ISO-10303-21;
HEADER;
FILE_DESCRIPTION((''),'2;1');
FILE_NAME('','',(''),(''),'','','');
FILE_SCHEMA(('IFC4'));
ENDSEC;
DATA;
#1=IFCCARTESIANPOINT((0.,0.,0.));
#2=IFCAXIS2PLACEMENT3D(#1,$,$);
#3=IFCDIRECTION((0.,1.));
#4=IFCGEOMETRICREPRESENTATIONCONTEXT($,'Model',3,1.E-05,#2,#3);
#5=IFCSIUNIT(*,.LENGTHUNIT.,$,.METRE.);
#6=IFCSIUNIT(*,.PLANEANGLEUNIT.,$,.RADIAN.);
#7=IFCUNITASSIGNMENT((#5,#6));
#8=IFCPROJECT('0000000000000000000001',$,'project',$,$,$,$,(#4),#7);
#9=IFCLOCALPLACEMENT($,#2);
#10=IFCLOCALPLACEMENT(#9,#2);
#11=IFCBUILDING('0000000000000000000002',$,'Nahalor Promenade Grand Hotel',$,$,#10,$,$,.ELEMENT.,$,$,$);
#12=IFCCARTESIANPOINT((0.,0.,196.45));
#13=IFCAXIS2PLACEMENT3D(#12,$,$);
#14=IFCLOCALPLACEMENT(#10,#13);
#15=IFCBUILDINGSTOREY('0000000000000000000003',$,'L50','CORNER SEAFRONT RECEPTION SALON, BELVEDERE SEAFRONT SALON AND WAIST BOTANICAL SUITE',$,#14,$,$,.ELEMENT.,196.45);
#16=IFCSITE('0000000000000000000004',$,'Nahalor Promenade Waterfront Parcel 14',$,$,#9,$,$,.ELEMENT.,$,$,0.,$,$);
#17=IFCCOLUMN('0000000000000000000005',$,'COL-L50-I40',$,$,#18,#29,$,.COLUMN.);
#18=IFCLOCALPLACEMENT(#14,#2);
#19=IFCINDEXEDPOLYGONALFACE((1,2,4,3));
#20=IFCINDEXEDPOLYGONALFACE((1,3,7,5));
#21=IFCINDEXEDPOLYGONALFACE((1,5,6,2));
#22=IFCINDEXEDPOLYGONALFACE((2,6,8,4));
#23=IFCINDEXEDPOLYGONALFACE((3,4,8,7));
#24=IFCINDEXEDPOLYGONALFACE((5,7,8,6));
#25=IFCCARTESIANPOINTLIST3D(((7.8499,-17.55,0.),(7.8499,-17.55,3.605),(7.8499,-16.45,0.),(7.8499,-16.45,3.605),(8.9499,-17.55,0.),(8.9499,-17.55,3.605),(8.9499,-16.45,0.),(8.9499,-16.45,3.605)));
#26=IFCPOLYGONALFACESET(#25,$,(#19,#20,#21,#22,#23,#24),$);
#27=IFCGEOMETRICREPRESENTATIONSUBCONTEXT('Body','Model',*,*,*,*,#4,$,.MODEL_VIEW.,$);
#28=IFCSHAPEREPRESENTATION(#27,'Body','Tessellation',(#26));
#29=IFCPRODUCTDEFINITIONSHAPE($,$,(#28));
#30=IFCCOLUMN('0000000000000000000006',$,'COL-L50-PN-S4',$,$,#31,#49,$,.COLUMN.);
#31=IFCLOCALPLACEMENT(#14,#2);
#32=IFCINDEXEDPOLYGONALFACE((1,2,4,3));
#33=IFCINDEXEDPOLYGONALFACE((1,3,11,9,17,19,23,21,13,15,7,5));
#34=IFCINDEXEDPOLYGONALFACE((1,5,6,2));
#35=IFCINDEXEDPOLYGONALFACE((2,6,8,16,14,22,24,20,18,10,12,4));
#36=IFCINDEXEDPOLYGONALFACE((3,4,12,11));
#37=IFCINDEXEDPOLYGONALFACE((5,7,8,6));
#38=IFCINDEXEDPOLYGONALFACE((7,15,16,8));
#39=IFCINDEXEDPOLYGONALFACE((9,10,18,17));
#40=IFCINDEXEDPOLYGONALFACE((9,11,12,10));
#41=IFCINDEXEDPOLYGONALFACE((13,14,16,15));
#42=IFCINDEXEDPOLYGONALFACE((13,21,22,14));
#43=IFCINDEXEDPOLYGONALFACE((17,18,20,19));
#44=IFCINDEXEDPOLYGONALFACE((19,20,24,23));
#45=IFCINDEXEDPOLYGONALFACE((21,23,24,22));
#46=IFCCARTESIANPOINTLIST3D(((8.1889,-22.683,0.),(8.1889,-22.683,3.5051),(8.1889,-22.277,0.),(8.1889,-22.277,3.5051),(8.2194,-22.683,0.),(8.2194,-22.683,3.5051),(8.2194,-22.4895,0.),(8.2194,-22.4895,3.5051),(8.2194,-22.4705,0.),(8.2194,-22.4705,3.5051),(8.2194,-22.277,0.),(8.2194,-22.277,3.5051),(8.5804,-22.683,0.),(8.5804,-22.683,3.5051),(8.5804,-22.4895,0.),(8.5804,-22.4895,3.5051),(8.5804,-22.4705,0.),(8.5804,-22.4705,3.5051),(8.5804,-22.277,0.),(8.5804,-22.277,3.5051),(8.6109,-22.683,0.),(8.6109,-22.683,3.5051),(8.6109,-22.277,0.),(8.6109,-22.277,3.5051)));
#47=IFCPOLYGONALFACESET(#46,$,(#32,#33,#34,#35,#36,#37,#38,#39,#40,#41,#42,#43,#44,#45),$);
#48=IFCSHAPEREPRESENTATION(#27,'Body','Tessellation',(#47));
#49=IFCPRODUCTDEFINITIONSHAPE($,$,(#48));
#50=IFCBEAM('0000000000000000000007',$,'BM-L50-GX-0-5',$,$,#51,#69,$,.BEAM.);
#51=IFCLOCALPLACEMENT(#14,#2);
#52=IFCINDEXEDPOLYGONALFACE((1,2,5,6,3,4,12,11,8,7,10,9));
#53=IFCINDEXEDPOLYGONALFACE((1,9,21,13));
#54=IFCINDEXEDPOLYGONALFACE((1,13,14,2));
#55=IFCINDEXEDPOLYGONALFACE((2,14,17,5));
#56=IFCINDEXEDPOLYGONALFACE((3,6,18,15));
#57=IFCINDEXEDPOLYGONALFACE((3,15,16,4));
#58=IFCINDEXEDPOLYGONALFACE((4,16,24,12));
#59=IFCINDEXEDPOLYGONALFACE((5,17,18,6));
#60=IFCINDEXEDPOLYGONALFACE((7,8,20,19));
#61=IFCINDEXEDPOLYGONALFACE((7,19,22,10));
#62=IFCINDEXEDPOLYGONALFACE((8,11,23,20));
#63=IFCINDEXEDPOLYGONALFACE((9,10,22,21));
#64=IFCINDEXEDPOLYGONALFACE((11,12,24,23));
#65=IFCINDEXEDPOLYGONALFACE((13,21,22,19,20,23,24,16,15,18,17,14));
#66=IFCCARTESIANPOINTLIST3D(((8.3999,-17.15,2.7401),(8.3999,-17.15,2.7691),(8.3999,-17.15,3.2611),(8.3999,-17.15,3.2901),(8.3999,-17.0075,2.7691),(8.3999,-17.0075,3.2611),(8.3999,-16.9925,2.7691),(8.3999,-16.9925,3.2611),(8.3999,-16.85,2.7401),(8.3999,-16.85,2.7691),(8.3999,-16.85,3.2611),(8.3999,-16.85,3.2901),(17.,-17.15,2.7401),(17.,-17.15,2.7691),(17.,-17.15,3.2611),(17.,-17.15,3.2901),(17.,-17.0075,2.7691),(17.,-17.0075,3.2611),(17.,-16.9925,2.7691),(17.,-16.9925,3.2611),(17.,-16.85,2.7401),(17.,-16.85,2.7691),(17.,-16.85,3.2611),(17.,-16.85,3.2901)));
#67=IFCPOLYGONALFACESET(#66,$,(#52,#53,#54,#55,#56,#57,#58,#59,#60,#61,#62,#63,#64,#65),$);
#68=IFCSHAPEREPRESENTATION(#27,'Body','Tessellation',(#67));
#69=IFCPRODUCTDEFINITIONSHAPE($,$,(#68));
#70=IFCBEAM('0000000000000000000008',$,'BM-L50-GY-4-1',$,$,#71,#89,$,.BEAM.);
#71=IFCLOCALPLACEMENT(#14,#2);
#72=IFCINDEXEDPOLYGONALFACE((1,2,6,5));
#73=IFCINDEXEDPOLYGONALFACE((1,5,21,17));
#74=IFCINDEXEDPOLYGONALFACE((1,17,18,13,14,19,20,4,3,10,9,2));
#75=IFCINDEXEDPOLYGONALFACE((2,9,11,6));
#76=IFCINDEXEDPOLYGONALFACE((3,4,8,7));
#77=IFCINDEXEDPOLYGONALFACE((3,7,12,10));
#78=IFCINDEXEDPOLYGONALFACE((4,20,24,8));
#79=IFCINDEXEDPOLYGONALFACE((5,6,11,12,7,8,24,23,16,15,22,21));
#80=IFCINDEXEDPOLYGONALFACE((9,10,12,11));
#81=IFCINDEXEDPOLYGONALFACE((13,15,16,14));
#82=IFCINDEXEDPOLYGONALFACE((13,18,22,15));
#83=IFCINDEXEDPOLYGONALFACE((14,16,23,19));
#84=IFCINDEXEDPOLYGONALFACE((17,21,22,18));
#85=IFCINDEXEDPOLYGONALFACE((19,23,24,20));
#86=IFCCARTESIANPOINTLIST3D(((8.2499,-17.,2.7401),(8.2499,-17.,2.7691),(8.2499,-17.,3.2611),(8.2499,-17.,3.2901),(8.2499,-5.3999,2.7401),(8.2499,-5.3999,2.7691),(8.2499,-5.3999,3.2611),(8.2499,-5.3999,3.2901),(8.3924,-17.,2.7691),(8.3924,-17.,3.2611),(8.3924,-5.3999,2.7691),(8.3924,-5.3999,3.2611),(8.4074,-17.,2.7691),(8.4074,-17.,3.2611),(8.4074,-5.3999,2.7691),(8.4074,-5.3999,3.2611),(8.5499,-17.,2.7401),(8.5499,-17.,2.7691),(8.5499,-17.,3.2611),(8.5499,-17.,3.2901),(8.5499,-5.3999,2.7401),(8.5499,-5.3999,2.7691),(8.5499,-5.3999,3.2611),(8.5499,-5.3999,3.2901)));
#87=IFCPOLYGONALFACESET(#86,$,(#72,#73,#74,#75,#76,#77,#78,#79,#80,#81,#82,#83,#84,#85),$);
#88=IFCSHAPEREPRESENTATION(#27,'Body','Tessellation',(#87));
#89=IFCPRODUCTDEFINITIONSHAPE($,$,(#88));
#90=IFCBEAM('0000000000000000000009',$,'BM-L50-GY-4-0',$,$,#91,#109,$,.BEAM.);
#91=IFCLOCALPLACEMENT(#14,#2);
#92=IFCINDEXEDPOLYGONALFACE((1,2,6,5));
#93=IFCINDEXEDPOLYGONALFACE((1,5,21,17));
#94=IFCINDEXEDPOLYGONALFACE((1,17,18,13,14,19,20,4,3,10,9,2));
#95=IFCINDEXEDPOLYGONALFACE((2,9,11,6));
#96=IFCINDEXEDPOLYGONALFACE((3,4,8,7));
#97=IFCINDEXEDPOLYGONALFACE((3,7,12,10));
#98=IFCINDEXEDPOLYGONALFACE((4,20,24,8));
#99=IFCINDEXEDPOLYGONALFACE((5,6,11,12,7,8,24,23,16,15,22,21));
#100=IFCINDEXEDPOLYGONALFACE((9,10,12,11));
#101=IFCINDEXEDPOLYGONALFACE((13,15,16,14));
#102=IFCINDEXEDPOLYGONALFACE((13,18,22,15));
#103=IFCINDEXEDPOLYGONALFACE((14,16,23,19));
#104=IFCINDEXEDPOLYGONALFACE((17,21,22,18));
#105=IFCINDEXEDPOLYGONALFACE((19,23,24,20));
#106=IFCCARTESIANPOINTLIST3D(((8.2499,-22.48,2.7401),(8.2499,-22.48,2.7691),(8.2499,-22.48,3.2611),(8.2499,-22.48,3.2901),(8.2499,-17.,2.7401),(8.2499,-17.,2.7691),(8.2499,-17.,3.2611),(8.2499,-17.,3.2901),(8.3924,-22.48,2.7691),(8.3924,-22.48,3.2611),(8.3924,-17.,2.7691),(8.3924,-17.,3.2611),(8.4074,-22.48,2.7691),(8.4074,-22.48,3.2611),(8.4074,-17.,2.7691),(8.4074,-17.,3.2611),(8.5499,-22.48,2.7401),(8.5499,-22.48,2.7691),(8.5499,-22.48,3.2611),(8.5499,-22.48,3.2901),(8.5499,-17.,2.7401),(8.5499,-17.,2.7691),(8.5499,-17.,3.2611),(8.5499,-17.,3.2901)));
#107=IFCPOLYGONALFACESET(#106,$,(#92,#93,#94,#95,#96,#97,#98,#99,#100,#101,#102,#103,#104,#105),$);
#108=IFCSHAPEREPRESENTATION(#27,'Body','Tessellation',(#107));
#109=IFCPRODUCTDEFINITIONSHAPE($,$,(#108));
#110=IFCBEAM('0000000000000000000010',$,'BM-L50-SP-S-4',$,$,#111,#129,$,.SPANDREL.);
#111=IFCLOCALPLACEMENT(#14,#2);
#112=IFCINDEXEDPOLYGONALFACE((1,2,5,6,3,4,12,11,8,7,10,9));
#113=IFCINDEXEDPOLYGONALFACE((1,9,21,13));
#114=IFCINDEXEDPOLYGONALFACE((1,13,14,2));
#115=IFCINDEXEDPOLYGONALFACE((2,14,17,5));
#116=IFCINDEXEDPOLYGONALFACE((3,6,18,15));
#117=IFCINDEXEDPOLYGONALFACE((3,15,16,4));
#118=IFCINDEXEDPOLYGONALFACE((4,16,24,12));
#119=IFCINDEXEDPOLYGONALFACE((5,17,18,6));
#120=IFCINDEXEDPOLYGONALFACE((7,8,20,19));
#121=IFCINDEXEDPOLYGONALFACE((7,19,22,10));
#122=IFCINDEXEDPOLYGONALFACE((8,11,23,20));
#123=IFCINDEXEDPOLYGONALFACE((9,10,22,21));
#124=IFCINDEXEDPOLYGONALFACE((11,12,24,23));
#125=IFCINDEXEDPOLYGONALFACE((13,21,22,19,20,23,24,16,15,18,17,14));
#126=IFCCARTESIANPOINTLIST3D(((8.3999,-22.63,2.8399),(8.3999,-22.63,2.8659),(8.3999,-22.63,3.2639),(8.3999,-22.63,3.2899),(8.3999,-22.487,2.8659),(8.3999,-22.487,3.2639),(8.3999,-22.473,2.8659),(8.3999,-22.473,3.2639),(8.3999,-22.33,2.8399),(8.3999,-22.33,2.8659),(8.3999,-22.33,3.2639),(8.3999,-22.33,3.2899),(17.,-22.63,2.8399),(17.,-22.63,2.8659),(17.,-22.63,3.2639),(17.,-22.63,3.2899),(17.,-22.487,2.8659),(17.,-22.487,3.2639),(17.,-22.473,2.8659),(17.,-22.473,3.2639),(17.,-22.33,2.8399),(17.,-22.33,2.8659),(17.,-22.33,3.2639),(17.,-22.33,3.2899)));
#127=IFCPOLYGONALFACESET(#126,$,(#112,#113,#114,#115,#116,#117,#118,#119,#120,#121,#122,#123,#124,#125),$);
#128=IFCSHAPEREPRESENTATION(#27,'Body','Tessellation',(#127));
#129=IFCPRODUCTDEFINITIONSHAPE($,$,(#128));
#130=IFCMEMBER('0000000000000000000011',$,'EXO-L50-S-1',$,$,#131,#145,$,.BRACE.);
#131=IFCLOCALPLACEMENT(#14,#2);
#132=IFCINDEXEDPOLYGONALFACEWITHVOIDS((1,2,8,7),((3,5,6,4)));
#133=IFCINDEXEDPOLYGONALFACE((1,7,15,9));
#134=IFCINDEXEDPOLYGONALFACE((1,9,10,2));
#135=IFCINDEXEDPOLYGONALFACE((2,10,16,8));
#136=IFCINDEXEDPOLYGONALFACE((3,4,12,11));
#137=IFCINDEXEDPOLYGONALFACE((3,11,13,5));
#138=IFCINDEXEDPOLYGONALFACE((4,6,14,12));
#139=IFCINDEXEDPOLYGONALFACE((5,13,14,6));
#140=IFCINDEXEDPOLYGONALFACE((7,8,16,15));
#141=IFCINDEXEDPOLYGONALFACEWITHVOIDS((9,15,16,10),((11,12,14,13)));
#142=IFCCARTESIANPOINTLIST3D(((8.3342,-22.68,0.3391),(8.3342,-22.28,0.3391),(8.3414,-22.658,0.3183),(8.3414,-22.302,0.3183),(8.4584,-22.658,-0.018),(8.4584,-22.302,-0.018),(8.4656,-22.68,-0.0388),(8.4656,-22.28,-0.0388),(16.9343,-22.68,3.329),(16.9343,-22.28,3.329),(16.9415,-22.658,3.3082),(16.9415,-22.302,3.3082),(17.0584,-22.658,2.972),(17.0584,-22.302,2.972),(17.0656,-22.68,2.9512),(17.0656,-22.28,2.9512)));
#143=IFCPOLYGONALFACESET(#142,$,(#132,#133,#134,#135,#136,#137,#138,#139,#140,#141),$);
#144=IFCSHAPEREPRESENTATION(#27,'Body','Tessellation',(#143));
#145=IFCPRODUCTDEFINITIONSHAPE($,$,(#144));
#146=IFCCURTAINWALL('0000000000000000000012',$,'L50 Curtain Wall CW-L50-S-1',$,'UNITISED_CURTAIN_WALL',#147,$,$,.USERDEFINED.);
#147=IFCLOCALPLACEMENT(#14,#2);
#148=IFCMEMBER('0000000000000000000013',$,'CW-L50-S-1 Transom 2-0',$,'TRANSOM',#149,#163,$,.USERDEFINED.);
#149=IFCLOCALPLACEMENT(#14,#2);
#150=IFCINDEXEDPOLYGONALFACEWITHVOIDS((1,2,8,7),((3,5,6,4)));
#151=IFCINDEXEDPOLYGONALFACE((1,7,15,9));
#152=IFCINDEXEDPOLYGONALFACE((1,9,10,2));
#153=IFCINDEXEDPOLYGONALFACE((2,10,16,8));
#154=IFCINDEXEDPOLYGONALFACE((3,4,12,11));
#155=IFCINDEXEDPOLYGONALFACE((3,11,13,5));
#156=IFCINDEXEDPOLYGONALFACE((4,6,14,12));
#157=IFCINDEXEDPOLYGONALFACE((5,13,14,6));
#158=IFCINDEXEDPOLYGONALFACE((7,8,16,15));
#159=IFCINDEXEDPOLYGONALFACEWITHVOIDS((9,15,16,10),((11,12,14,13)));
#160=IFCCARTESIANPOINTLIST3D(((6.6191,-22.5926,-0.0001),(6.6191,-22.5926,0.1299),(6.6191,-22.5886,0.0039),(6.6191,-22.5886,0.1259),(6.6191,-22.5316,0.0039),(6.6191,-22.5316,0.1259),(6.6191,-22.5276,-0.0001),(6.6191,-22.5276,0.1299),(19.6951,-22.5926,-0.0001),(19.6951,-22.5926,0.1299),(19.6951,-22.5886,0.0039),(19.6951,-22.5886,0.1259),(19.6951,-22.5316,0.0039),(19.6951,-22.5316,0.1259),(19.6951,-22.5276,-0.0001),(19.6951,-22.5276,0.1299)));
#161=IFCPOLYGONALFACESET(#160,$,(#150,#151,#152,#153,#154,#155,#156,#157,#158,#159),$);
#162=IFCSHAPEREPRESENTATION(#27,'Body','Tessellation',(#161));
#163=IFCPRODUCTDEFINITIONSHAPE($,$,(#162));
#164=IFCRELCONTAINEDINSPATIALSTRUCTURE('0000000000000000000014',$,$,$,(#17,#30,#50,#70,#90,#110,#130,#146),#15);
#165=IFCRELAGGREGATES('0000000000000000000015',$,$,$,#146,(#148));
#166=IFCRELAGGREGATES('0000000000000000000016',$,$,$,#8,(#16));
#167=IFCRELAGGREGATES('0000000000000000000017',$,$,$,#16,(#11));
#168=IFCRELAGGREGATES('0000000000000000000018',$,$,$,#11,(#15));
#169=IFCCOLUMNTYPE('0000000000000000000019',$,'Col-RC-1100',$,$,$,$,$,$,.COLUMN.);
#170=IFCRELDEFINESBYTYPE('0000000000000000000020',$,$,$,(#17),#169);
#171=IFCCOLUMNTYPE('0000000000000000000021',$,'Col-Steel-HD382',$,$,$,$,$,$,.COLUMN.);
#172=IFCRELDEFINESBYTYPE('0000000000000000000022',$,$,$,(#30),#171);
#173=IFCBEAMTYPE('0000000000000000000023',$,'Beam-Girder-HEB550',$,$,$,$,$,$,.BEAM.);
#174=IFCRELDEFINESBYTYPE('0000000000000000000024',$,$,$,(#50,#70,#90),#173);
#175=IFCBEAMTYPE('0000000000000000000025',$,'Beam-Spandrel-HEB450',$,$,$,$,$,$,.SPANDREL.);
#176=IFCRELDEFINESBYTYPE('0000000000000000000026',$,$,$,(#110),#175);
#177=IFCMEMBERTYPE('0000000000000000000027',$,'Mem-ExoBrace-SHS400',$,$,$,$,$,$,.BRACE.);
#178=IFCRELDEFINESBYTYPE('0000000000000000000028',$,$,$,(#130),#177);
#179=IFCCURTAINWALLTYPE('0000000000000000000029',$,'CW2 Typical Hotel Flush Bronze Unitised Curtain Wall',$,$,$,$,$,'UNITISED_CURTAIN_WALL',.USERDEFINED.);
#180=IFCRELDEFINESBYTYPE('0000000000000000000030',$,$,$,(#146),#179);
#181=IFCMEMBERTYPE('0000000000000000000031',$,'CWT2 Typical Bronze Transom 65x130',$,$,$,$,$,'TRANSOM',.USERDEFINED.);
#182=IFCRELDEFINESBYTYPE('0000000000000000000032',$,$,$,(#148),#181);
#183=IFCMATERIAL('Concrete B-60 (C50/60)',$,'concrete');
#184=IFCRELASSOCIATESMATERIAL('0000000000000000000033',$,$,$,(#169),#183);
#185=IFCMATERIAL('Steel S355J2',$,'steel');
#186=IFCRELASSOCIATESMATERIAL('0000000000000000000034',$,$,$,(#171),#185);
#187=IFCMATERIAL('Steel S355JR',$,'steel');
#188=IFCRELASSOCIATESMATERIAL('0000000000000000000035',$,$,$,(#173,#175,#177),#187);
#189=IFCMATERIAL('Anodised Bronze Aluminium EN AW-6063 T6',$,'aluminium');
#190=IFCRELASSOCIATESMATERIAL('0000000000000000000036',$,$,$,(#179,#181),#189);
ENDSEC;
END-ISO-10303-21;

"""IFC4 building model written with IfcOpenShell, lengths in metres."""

from ifc_helpers import new_model, si_unit, direction, frame, origin, origin_2d, place, context, subcontext, project, spatial, rectangle, hollow_rectangle, i_section, extrude, source, transform, mapped, material, material_profile, profile_set, type_object, element, aggregate, save


model = new_model("IFC4")

# Units and contexts
model_context = context("Model", 3, precision=1e-05, world=origin(), true_north=direction((0.0, 1.0)))
body_context = subcontext(model_context, "Body", "Model", "MODEL_VIEW")
ifc_project = project(units=[si_unit("LENGTHUNIT", "METRE"), si_unit("PLANEANGLEUNIT", "RADIAN")], contexts=[model_context])

# Site, building, storey
site_placement = place(None, origin())
site = spatial("IfcSite", under=ifc_project, at=site_placement, Name="Nahalor Promenade Waterfront Parcel 14", CompositionType="ELEMENT", RefElevation=0.0)
building_placement = place(site_placement, origin())
building = spatial("IfcBuilding", under=site, at=building_placement, Name="Nahalor Promenade Grand Hotel", CompositionType="ELEMENT")
storey_placement = place(building_placement, frame((0.0, 0.0, 196.45)))
storey = spatial("IfcBuildingStorey", under=building, at=storey_placement, Name="L50", Description="CORNER SEAFRONT RECEPTION SALON, BELVEDERE SEAFRONT SALON AND WAIST BOTANICAL SUITE", CompositionType="ELEMENT", Elevation=196.45)

# Columns
ifc_material_1 = material(Name="Concrete B-60 (C50/60)", Category="concrete")
ifc_material_profile_1 = material_profile(ifc_material_1, rectangle(XDim=1.1, YDim=1.1, at=origin_2d()), Name="RC 1100x1100")
ifc_profile_set_1 = profile_set([ifc_material_profile_1], Name="Concrete B-60 (C50/60)")
column_type_1 = type_object("IfcColumnType", Name="Col-RC-1100", PredefinedType="COLUMN", material=ifc_profile_set_1)
shared_shape_1 = source(origin(), body_context, "Body", "SweptSolid", [
    extrude(rectangle(XDim=1.1, YDim=1.1, at=origin_2d()), origin(), (0.0, 0.0, 1.0), 3.605),
])
column_1_placement = place(storey_placement, frame((8.3999, -17.0, 0.0), z_axis=(0.0, 0.0, 1.0), x_axis=(1.0, 0.0, 0.0)))
element("IfcColumn", 1, at=column_1_placement, inside=storey, type_object=column_type_1, Name="COL-L50-I40", PredefinedType="COLUMN", context=body_context, shape_type="MappedRepresentation", body=[
    mapped(shared_shape_1, transform((0.0, 0.0, 0.0), scale=1.0)),
])
ifc_material_2 = material(Name="Steel S355J2", Category="steel")
ifc_material_profile_2 = material_profile(ifc_material_2, i_section(OverallWidth=0.406, OverallDepth=0.422, WebThickness=0.019, FlangeThickness=0.0305, at=origin_2d()), Name="HD 400x382")
ifc_profile_set_2 = profile_set([ifc_material_profile_2], Name="Steel S355J2")
column_type_2 = type_object("IfcColumnType", Name="Col-Steel-HD382", PredefinedType="COLUMN", material=ifc_profile_set_2)
shared_shape_2 = source(origin(), body_context, "Body", "SweptSolid", [
    extrude(i_section(OverallWidth=0.406, OverallDepth=0.422, WebThickness=0.019, FlangeThickness=0.0305, at=origin_2d()), origin(), (0.0, 0.0, 1.0), 3.5051),
])
column_2_placement = place(storey_placement, frame((8.3999, -22.48, 0.0), z_axis=(0.0, 0.0, 1.0), x_axis=(0.0, 1.0, 0.0)))
element("IfcColumn", 2, at=column_2_placement, inside=storey, type_object=column_type_2, Name="COL-L50-PN-S4", PredefinedType="COLUMN", context=body_context, shape_type="MappedRepresentation", body=[
    mapped(shared_shape_2, transform((0.0, 0.0, 0.0), scale=1.0)),
])

# Beams
ifc_material_3 = material(Name="Steel S355JR", Category="steel")
ifc_material_profile_3 = material_profile(ifc_material_3, i_section(OverallWidth=0.3, OverallDepth=0.55, WebThickness=0.015, FlangeThickness=0.029, at=origin_2d()), Name="HEB 550")
ifc_profile_set_3 = profile_set([ifc_material_profile_3], Name="Steel S355JR")
beam_type_1 = type_object("IfcBeamType", Name="Beam-Girder-HEB550", PredefinedType="BEAM", material=ifc_profile_set_3)
shared_shape_3 = source(origin(), body_context, "Body", "SweptSolid", [
    extrude(i_section(OverallWidth=0.3, OverallDepth=0.55, WebThickness=0.015, FlangeThickness=0.029, at=origin_2d()), origin(), (0.0, 0.0, 1.0), 8.6001),
])
beam_1_placement = place(storey_placement, frame((8.3999, -17.0, 3.0151), z_axis=(1.0, 0.0, 0.0), x_axis=(0.0, 1.0, 0.0)))
element("IfcBeam", 3, at=beam_1_placement, inside=storey, type_object=beam_type_1, Name="BM-L50-GX-0-5", PredefinedType="BEAM", context=body_context, shape_type="MappedRepresentation", body=[
    mapped(shared_shape_3, transform((0.0, 0.0, 0.0), scale=1.0)),
])
shared_shape_4 = source(origin(), body_context, "Body", "SweptSolid", [
    extrude(i_section(OverallWidth=0.3, OverallDepth=0.55, WebThickness=0.015, FlangeThickness=0.029, at=origin_2d()), origin(), (0.0, 0.0, 1.0), 11.6001),
])
beam_2_placement = place(storey_placement, frame((8.3999, -17.0, 3.0151), z_axis=(0.0, 1.0, 0.0), x_axis=(-1.0, 0.0, 0.0)))
element("IfcBeam", 4, at=beam_2_placement, inside=storey, type_object=beam_type_1, Name="BM-L50-GY-4-1", PredefinedType="BEAM", context=body_context, shape_type="MappedRepresentation", body=[
    mapped(shared_shape_4, transform((0.0, 0.0, 0.0), scale=1.0)),
])
shared_shape_5 = source(origin(), body_context, "Body", "SweptSolid", [
    extrude(i_section(OverallWidth=0.3, OverallDepth=0.55, WebThickness=0.015, FlangeThickness=0.029, at=origin_2d()), origin(), (0.0, 0.0, 1.0), 5.48),
])
beam_3_placement = place(storey_placement, frame((8.3999, -22.48, 3.0151), z_axis=(0.0, 1.0, 0.0), x_axis=(-1.0, 0.0, 0.0)))
element("IfcBeam", 5, at=beam_3_placement, inside=storey, type_object=beam_type_1, Name="BM-L50-GY-4-0", PredefinedType="BEAM", context=body_context, shape_type="MappedRepresentation", body=[
    mapped(shared_shape_5, transform((0.0, 0.0, 0.0), scale=1.0)),
])
ifc_material_profile_4 = material_profile(ifc_material_3, i_section(OverallWidth=0.3, OverallDepth=0.45, WebThickness=0.014, FlangeThickness=0.026, at=origin_2d()), Name="HEB 450")
ifc_profile_set_4 = profile_set([ifc_material_profile_4], Name="Steel S355JR")
beam_type_2 = type_object("IfcBeamType", Name="Beam-Spandrel-HEB450", PredefinedType="SPANDREL", material=ifc_profile_set_4)
shared_shape_6 = source(origin(), body_context, "Body", "SweptSolid", [
    extrude(i_section(OverallWidth=0.3, OverallDepth=0.45, WebThickness=0.014, FlangeThickness=0.026, at=origin_2d()), origin(), (0.0, 0.0, 1.0), 8.6001),
])
beam_4_placement = place(storey_placement, frame((8.3999, -22.48, 3.0649), z_axis=(1.0, 0.0, 0.0), x_axis=(0.0, 1.0, 0.0)))
element("IfcBeam", 6, at=beam_4_placement, inside=storey, type_object=beam_type_2, Name="BM-L50-SP-S-4", PredefinedType="SPANDREL", context=body_context, shape_type="MappedRepresentation", body=[
    mapped(shared_shape_6, transform((0.0, 0.0, 0.0), scale=1.0)),
])

# Member
ifc_material_profile_5 = material_profile(ifc_material_3, hollow_rectangle(XDim=0.4, YDim=0.4, WallThickness=0.022, at=origin_2d()), Name="SHS 400x400x22")
ifc_profile_set_5 = profile_set([ifc_material_profile_5], Name="Steel S355JR")
member_type_1 = type_object("IfcMemberType", Name="Mem-ExoBrace-SHS400", PredefinedType="BRACE", material=ifc_profile_set_5)
shared_shape_7 = source(origin(), body_context, "Body", "SweptSolid", [
    extrude(hollow_rectangle(XDim=0.4, YDim=0.4, WallThickness=0.022, at=origin_2d()), origin(), (0.0, 0.0, 1.0), 9.105),
])
member_1_placement = place(storey_placement, frame((8.3999, -22.48, 0.1501), z_axis=(0.944543, 0.0, 0.328389), x_axis=(0.0, 1.0, 0.0)))
element("IfcMember", 7, at=member_1_placement, inside=storey, type_object=member_type_1, Name="EXO-L50-S-1", PredefinedType="BRACE", context=body_context, shape_type="MappedRepresentation", body=[
    mapped(shared_shape_7, transform((0.0, 0.0, 0.0), scale=1.0)),
])

# Curtain wall, member
ifc_material_4 = material(Name="Anodised Bronze Aluminium EN AW-6063 T6", Category="aluminium")
curtain_wall_type = type_object("IfcCurtainWallType", Name="CW2 Typical Hotel Flush Bronze Unitised Curtain Wall", ElementType="UNITISED_CURTAIN_WALL", PredefinedType="USERDEFINED", material=ifc_material_4)
curtain_wall_placement = place(storey_placement, origin())
curtain_wall = element("IfcCurtainWall", 8, at=curtain_wall_placement, inside=storey, type_object=curtain_wall_type, Name="L50 Curtain Wall CW-L50-S-1", ObjectType="UNITISED_CURTAIN_WALL", PredefinedType="USERDEFINED")
ifc_material_profile_6 = material_profile(ifc_material_4, hollow_rectangle(XDim=0.065, YDim=0.13, WallThickness=0.004, at=origin_2d()), Name="CWT 65x130x4")
ifc_profile_set_6 = profile_set([ifc_material_profile_6], Name="Anodised Bronze Aluminium EN AW-6063 T6")
member_type_2 = type_object("IfcMemberType", Name="CWT2 Typical Bronze Transom 65x130", ElementType="TRANSOM", PredefinedType="USERDEFINED", material=ifc_profile_set_6)
shared_shape_8 = source(origin(), body_context, "Body", "SweptSolid", [
    extrude(hollow_rectangle(XDim=0.065, YDim=0.13, WallThickness=0.004, at=origin_2d()), origin(), (0.0, 0.0, 1.0), 13.0759),
])
member_2_placement = place(storey_placement, frame((6.6191, -22.5601, 0.0649), z_axis=(1.0, 0.0, 0.0), x_axis=(0.0, 1.0, 0.0)))
member_2 = element("IfcMember", 9, at=member_2_placement, type_object=member_type_2, Name="CW-L50-S-1 Transom 2-0", ObjectType="TRANSOM", PredefinedType="USERDEFINED", context=body_context, shape_type="MappedRepresentation", body=[
    mapped(shared_shape_8, transform((0.0, 0.0, 0.0), scale=1.0)),
])
aggregate(curtain_wall, [member_2])

save(model, "model.ifc")
